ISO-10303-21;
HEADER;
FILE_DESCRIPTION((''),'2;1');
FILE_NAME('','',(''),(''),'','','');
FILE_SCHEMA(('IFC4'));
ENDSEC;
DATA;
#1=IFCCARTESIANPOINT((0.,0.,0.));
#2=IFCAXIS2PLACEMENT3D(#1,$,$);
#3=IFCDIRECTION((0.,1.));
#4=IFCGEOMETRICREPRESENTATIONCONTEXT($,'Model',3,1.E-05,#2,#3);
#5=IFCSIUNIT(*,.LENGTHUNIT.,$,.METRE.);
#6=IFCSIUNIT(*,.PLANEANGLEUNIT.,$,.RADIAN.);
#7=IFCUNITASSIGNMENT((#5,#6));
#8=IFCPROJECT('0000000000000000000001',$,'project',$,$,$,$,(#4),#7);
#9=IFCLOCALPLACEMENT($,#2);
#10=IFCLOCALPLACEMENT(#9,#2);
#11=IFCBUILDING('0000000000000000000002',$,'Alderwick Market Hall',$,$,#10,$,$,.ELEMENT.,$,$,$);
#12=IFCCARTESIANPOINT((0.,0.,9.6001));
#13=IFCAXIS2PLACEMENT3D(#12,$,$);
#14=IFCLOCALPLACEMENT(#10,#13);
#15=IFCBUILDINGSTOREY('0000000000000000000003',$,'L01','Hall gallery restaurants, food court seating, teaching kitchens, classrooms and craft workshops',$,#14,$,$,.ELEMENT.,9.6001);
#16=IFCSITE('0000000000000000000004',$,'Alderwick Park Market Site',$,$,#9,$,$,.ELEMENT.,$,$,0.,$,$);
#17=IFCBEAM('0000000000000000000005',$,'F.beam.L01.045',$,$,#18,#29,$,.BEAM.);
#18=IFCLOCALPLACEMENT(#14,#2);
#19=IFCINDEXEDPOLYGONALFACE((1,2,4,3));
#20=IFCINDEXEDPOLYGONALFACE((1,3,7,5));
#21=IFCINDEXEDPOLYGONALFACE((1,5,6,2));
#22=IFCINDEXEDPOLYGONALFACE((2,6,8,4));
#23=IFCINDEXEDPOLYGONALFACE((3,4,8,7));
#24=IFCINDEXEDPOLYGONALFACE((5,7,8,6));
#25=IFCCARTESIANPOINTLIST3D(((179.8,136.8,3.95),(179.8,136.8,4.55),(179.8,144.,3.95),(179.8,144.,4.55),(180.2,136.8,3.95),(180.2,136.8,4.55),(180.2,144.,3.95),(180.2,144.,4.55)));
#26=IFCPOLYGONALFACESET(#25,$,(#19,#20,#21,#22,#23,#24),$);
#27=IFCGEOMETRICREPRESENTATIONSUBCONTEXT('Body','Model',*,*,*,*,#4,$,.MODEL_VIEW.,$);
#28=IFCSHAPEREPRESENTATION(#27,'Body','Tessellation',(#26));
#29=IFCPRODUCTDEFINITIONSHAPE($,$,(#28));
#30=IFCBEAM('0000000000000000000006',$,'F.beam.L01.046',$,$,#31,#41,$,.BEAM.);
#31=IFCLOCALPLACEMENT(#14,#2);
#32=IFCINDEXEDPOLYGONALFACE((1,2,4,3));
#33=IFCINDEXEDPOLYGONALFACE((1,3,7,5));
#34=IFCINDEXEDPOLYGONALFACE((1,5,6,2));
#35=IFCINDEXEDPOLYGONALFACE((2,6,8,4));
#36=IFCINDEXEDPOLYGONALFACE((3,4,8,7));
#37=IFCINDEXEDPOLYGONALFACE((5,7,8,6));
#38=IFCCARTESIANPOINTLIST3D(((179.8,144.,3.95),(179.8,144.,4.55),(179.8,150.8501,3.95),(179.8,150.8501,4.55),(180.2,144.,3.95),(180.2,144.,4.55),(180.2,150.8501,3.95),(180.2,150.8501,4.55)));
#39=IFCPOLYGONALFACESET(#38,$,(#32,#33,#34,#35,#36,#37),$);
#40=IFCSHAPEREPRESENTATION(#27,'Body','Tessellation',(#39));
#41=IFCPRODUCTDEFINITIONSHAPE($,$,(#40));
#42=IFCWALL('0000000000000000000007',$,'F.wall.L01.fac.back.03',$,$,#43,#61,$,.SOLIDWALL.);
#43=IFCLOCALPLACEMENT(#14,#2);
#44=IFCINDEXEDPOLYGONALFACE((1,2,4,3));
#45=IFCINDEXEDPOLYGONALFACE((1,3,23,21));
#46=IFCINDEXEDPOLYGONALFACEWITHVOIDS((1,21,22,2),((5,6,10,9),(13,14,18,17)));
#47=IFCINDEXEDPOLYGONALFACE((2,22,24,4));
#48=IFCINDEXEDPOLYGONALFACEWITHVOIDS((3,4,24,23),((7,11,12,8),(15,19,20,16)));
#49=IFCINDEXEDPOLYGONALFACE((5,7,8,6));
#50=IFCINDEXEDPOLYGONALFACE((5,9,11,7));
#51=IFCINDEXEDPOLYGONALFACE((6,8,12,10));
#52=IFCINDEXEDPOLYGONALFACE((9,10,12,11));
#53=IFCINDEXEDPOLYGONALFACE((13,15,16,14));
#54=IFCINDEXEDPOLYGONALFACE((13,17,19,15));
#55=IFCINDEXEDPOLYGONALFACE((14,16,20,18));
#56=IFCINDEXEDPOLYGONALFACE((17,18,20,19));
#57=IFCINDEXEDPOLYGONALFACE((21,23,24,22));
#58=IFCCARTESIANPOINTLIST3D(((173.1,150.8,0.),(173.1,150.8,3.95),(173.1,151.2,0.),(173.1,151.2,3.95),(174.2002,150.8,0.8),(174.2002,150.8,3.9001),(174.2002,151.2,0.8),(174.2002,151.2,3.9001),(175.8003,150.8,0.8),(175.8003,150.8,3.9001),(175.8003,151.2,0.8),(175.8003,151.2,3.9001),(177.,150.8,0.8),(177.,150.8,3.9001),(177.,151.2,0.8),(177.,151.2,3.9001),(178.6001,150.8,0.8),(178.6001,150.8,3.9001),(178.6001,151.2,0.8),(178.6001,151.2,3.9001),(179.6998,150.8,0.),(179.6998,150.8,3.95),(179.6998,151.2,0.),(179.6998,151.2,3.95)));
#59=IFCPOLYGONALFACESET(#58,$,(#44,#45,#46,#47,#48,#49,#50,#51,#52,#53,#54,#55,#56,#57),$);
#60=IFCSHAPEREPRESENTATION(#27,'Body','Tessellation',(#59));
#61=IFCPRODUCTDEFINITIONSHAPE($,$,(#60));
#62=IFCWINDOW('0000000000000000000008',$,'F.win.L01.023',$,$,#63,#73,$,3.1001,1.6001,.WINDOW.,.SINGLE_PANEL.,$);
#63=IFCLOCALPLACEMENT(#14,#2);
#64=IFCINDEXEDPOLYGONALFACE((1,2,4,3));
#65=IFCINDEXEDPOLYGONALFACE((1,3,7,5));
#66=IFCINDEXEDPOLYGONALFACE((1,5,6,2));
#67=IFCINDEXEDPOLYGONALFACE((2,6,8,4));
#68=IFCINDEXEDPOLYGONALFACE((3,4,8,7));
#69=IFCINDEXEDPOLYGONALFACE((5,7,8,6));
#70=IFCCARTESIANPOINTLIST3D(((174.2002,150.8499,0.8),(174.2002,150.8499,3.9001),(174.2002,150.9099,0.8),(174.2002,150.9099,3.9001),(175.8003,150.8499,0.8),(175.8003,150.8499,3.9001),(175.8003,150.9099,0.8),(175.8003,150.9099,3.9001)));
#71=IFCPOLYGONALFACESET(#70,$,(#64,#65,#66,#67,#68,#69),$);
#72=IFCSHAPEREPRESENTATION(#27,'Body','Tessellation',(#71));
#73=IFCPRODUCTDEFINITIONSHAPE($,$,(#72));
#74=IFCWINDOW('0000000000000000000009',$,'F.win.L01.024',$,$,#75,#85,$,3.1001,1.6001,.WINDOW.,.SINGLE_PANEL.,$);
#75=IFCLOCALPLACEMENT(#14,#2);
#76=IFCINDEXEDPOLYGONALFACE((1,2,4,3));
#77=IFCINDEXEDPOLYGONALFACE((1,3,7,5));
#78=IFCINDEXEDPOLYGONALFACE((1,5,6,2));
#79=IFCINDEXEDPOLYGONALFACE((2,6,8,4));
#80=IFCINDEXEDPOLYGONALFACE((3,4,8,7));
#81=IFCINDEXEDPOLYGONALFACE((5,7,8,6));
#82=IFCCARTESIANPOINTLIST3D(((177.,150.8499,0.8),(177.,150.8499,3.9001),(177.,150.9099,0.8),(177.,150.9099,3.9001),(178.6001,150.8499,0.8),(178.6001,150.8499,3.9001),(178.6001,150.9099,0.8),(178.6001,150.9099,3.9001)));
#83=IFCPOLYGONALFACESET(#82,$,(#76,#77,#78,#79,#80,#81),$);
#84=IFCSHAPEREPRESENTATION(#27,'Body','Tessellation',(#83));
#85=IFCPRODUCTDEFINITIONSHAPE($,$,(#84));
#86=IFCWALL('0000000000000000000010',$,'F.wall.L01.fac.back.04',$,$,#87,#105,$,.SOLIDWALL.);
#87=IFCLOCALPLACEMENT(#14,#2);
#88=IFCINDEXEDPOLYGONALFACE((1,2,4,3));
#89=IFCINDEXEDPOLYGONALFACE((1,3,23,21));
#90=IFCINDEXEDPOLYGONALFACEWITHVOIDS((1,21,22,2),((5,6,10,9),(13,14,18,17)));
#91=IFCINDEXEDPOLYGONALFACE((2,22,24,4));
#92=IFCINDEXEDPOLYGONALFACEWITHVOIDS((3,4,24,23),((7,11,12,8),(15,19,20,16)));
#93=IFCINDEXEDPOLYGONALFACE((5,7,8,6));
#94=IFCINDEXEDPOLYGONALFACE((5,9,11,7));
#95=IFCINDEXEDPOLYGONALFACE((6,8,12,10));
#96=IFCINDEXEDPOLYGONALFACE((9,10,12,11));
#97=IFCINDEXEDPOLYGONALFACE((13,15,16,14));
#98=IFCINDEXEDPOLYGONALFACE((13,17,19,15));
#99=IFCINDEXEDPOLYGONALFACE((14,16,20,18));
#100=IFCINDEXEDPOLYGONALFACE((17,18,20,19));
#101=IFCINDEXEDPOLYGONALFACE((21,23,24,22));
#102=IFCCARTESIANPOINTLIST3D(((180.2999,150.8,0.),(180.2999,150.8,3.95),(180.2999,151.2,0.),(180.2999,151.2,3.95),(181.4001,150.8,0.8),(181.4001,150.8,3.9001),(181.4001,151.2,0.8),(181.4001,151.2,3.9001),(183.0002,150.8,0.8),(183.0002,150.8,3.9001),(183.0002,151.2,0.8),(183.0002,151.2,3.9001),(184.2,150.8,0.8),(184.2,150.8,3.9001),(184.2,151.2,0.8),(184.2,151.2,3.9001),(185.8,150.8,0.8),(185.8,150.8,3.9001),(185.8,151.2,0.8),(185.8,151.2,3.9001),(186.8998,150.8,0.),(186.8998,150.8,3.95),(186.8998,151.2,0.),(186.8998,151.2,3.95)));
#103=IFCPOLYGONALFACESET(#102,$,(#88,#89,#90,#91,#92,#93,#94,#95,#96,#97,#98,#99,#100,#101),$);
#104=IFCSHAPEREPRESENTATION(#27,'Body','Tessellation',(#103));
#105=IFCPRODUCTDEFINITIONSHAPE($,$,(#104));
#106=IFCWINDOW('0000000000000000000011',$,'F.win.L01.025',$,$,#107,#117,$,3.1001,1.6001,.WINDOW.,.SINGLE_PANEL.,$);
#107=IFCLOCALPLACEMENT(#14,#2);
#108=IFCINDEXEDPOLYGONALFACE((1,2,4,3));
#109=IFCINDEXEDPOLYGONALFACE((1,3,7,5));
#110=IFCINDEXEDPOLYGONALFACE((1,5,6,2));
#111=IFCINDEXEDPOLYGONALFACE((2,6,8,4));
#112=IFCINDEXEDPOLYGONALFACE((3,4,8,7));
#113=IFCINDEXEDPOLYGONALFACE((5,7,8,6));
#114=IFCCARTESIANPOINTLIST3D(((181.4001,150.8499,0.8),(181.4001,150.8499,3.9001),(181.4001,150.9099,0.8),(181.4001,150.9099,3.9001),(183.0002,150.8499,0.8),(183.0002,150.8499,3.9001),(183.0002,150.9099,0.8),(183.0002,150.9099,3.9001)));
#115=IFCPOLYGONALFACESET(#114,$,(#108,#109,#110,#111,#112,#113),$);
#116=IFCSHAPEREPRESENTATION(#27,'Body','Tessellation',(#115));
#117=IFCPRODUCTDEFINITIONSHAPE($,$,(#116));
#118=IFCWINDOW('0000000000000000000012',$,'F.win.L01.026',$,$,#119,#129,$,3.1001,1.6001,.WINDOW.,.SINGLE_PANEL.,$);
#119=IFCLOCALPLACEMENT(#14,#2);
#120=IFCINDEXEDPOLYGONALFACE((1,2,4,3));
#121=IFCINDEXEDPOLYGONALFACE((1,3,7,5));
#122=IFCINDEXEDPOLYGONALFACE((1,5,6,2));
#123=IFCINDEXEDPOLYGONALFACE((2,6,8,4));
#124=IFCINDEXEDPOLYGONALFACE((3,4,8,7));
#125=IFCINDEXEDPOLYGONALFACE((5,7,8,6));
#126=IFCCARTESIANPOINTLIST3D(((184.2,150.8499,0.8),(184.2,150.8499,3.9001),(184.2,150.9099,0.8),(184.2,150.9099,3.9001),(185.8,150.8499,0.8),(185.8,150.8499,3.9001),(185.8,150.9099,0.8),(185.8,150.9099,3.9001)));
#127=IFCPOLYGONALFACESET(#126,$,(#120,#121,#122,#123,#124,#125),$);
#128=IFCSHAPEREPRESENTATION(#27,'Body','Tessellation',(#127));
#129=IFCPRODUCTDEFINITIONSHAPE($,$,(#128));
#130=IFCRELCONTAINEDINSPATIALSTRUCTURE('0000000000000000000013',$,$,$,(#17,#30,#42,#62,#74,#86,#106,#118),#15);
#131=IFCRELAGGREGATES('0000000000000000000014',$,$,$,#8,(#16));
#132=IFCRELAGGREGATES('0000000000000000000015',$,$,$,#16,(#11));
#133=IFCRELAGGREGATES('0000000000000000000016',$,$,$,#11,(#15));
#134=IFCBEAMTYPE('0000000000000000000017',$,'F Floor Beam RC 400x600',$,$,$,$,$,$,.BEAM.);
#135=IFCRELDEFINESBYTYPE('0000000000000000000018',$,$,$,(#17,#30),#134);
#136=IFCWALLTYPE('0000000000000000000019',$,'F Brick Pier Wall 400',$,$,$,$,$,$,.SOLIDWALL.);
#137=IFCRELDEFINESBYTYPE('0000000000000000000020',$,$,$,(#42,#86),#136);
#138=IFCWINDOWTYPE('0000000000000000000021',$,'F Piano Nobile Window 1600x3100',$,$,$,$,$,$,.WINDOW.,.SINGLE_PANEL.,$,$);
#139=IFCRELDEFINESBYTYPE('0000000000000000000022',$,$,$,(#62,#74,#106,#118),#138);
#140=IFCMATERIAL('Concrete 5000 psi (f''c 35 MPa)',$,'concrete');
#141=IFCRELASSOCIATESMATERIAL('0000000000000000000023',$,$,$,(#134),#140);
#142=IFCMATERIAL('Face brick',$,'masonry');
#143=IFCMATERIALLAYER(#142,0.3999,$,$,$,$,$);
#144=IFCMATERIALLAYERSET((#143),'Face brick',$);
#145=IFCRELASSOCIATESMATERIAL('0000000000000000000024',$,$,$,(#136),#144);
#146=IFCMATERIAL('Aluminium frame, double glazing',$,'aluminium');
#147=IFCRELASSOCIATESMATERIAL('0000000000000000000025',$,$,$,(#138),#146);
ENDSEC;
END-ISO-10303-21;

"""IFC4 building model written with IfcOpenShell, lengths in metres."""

from ifc_helpers import new_model, si_unit, direction, frame, frame_2d, origin, origin_2d, place, context, subcontext, project, spatial, rectangle, extrude, material, layer, layer_set, material_profile, profile_set, type_object, element, fill, save


model = new_model("IFC4")

# Units and contexts
model_context = context("Model", 3, precision=1e-05, world=origin(), true_north=direction((0.0, 1.0)))
body_context = subcontext(model_context, "Body", "Model", "MODEL_VIEW")
ifc_project = project(units=[si_unit("LENGTHUNIT", "METRE"), si_unit("PLANEANGLEUNIT", "RADIAN")], contexts=[model_context])

# Site, building, storey
site_placement = place(None, origin())
site = spatial("IfcSite", under=ifc_project, at=site_placement, Name="Alderwick Park Market Site", CompositionType="ELEMENT", RefElevation=0.0)
building_placement = place(site_placement, origin())
building = spatial("IfcBuilding", under=site, at=building_placement, Name="Alderwick Market Hall", CompositionType="ELEMENT")
storey_placement = place(building_placement, frame((0.0, 0.0, 9.6001)))
storey = spatial("IfcBuildingStorey", under=building, at=storey_placement, Name="L01", Description="Hall gallery restaurants, food court seating, teaching kitchens, classrooms and craft workshops", CompositionType="ELEMENT", Elevation=9.6001)

# Shared definitions
ifc_material_1 = material(Name="Concrete 5000 psi (f'c 35 MPa)", Category="concrete")

# Beams
ifc_material_profile_1 = material_profile(ifc_material_1, rectangle(XDim=0.3999, YDim=0.6001, at=origin_2d()), Name="RC 400x600")
ifc_profile_set_1 = profile_set([ifc_material_profile_1], Name="Concrete 5000 psi (f'c 35 MPa)")
beam_type = type_object("IfcBeamType", Name="F Floor Beam RC 400x600", PredefinedType="BEAM", material=ifc_profile_set_1)
beam_1_placement = place(storey_placement, frame((180.0, 136.8, 4.25), z_axis=(0.0, 1.0, 0.0), x_axis=(-1.0, 0.0, 0.0)))
element("IfcBeam", 1, at=beam_1_placement, inside=storey, type_object=beam_type, Name="F.beam.L01.045", PredefinedType="BEAM", context=body_context, shape_type="SweptSolid", body=[
    extrude(rectangle(XDim=0.3999, YDim=0.6001, at=origin_2d()), origin(), (0.0, 0.0, 1.0), 7.2),
])
beam_2_placement = place(storey_placement, frame((180.0, 144.0, 4.25), z_axis=(0.0, 1.0, 0.0), x_axis=(-1.0, 0.0, 0.0)))
element("IfcBeam", 2, at=beam_2_placement, inside=storey, type_object=beam_type, Name="F.beam.L01.046", PredefinedType="BEAM", context=body_context, shape_type="SweptSolid", body=[
    extrude(rectangle(XDim=0.3999, YDim=0.6001, at=origin_2d()), origin(), (0.0, 0.0, 1.0), 6.8501),
])

# Walls, openings, windows
ifc_material_2 = material(Name="Face brick", Category="masonry")
ifc_layer = layer(ifc_material_2, 0.3999)
ifc_layer_set = layer_set([ifc_layer], Name="Face brick")
wall_type = type_object("IfcWallType", Name="F Brick Pier Wall 400", PredefinedType="SOLIDWALL", material=ifc_layer_set)
wall_1_placement = place(storey_placement, frame((173.1001, 151.0, 0.0), z_axis=(0.0, 0.0, 1.0), x_axis=(1.0, 0.0, 0.0)))
wall_1 = element("IfcWall", 3, at=wall_1_placement, inside=storey, type_object=wall_type, Name="F.wall.L01.fac.back.03", PredefinedType="SOLIDWALL", context=body_context, shape_type="SweptSolid", body=[
    extrude(rectangle(XDim=6.5999, YDim=0.3999, at=frame_2d((3.2998, 0.0))), origin(), (0.0, 0.0, 1.0), 3.95),
])
opening_1_placement = place(wall_1_placement, frame((1.1001, 0.0, 0.8)))
opening_1 = element("IfcOpeningElement", 4, at=opening_1_placement, cuts=wall_1, PredefinedType="OPENING", context=body_context, shape_type="SweptSolid", body=[
    extrude(rectangle(XDim=1.6001, YDim=3.1001, at=frame_2d((0.8, 1.55))), frame((0.0, 0.21, 0.0), z_axis=(0.0, -1.0, 0.0), x_axis=(1.0, 0.0, 0.0)), (0.0, 0.0, 1.0), 0.4199),
])
opening_2_placement = place(wall_1_placement, frame((3.8999, 0.0, 0.8)))
opening_2 = element("IfcOpeningElement", 5, at=opening_2_placement, cuts=wall_1, PredefinedType="OPENING", context=body_context, shape_type="SweptSolid", body=[
    extrude(rectangle(XDim=1.6001, YDim=3.1001, at=frame_2d((0.8, 1.55))), frame((0.0, 0.21, 0.0), z_axis=(0.0, -1.0, 0.0), x_axis=(1.0, 0.0, 0.0)), (0.0, 0.0, 1.0), 0.4199),
])
ifc_material_3 = material(Name="Aluminium frame, double glazing", Category="aluminium")
window_type = type_object("IfcWindowType", Name="F Piano Nobile Window 1600x3100", PartitioningType="SINGLE_PANEL", PredefinedType="WINDOW", material=ifc_material_3)
window_1_placement = place(opening_1_placement, origin())
window_1 = element("IfcWindow", 6, at=window_1_placement, inside=storey, type_object=window_type, Name="F.win.L01.023", OverallHeight=3.1001, OverallWidth=1.6001, PartitioningType="SINGLE_PANEL", PredefinedType="WINDOW", context=body_context, shape_type="SweptSolid", body=[
    extrude(rectangle(XDim=1.6001, YDim=3.1001, at=frame_2d((0.8, 1.55))), frame((0.0, -0.0901, 0.0), z_axis=(0.0, -1.0, 0.0), x_axis=(1.0, 0.0, 0.0)), (0.0, 0.0, 1.0), 0.0601),
])
fill(opening_1, window_1)
window_2_placement = place(opening_2_placement, origin())
window_2 = element("IfcWindow", 7, at=window_2_placement, inside=storey, type_object=window_type, Name="F.win.L01.024", OverallHeight=3.1001, OverallWidth=1.6001, PartitioningType="SINGLE_PANEL", PredefinedType="WINDOW", context=body_context, shape_type="SweptSolid", body=[
    extrude(rectangle(XDim=1.6001, YDim=3.1001, at=frame_2d((0.8, 1.55))), frame((0.0, -0.0901, 0.0), z_axis=(0.0, -1.0, 0.0), x_axis=(1.0, 0.0, 0.0)), (0.0, 0.0, 1.0), 0.0601),
])
fill(opening_2, window_2)
wall_2_placement = place(storey_placement, frame((180.3, 151.0, 0.0), z_axis=(0.0, 0.0, 1.0), x_axis=(1.0, 0.0, 0.0)))
wall_2 = element("IfcWall", 8, at=wall_2_placement, inside=storey, type_object=wall_type, Name="F.wall.L01.fac.back.04", PredefinedType="SOLIDWALL", context=body_context, shape_type="SweptSolid", body=[
    extrude(rectangle(XDim=6.5999, YDim=0.3999, at=frame_2d((3.2998, 0.0))), origin(), (0.0, 0.0, 1.0), 3.95),
])
opening_3_placement = place(wall_2_placement, frame((1.1001, 0.0, 0.8)))
opening_3 = element("IfcOpeningElement", 9, at=opening_3_placement, cuts=wall_2, PredefinedType="OPENING", context=body_context, shape_type="SweptSolid", body=[
    extrude(rectangle(XDim=1.6001, YDim=3.1001, at=frame_2d((0.8, 1.55))), frame((0.0, 0.21, 0.0), z_axis=(0.0, -1.0, 0.0), x_axis=(1.0, 0.0, 0.0)), (0.0, 0.0, 1.0), 0.4199),
])
opening_4_placement = place(wall_2_placement, frame((3.8999, 0.0, 0.8)))
opening_4 = element("IfcOpeningElement", 10, at=opening_4_placement, cuts=wall_2, PredefinedType="OPENING", context=body_context, shape_type="SweptSolid", body=[
    extrude(rectangle(XDim=1.6001, YDim=3.1001, at=frame_2d((0.8, 1.55))), frame((0.0, 0.21, 0.0), z_axis=(0.0, -1.0, 0.0), x_axis=(1.0, 0.0, 0.0)), (0.0, 0.0, 1.0), 0.4199),
])
window_3_placement = place(opening_3_placement, origin())
window_3 = element("IfcWindow", 11, at=window_3_placement, inside=storey, type_object=window_type, Name="F.win.L01.025", OverallHeight=3.1001, OverallWidth=1.6001, PartitioningType="SINGLE_PANEL", PredefinedType="WINDOW", context=body_context, shape_type="SweptSolid", body=[
    extrude(rectangle(XDim=1.6001, YDim=3.1001, at=frame_2d((0.8, 1.55))), frame((0.0, -0.0901, 0.0), z_axis=(0.0, -1.0, 0.0), x_axis=(1.0, 0.0, 0.0)), (0.0, 0.0, 1.0), 0.0601),
])
fill(opening_3, window_3)
window_4_placement = place(opening_4_placement, origin())
window_4 = element("IfcWindow", 12, at=window_4_placement, inside=storey, type_object=window_type, Name="F.win.L01.026", OverallHeight=3.1001, OverallWidth=1.6001, PartitioningType="SINGLE_PANEL", PredefinedType="WINDOW", context=body_context, shape_type="SweptSolid", body=[
    extrude(rectangle(XDim=1.6001, YDim=3.1001, at=frame_2d((0.8, 1.55))), frame((0.0, -0.0901, 0.0), z_axis=(0.0, -1.0, 0.0), x_axis=(1.0, 0.0, 0.0)), (0.0, 0.0, 1.0), 0.0601),
])
fill(opening_4, window_4)

save(model, "model.ifc")
